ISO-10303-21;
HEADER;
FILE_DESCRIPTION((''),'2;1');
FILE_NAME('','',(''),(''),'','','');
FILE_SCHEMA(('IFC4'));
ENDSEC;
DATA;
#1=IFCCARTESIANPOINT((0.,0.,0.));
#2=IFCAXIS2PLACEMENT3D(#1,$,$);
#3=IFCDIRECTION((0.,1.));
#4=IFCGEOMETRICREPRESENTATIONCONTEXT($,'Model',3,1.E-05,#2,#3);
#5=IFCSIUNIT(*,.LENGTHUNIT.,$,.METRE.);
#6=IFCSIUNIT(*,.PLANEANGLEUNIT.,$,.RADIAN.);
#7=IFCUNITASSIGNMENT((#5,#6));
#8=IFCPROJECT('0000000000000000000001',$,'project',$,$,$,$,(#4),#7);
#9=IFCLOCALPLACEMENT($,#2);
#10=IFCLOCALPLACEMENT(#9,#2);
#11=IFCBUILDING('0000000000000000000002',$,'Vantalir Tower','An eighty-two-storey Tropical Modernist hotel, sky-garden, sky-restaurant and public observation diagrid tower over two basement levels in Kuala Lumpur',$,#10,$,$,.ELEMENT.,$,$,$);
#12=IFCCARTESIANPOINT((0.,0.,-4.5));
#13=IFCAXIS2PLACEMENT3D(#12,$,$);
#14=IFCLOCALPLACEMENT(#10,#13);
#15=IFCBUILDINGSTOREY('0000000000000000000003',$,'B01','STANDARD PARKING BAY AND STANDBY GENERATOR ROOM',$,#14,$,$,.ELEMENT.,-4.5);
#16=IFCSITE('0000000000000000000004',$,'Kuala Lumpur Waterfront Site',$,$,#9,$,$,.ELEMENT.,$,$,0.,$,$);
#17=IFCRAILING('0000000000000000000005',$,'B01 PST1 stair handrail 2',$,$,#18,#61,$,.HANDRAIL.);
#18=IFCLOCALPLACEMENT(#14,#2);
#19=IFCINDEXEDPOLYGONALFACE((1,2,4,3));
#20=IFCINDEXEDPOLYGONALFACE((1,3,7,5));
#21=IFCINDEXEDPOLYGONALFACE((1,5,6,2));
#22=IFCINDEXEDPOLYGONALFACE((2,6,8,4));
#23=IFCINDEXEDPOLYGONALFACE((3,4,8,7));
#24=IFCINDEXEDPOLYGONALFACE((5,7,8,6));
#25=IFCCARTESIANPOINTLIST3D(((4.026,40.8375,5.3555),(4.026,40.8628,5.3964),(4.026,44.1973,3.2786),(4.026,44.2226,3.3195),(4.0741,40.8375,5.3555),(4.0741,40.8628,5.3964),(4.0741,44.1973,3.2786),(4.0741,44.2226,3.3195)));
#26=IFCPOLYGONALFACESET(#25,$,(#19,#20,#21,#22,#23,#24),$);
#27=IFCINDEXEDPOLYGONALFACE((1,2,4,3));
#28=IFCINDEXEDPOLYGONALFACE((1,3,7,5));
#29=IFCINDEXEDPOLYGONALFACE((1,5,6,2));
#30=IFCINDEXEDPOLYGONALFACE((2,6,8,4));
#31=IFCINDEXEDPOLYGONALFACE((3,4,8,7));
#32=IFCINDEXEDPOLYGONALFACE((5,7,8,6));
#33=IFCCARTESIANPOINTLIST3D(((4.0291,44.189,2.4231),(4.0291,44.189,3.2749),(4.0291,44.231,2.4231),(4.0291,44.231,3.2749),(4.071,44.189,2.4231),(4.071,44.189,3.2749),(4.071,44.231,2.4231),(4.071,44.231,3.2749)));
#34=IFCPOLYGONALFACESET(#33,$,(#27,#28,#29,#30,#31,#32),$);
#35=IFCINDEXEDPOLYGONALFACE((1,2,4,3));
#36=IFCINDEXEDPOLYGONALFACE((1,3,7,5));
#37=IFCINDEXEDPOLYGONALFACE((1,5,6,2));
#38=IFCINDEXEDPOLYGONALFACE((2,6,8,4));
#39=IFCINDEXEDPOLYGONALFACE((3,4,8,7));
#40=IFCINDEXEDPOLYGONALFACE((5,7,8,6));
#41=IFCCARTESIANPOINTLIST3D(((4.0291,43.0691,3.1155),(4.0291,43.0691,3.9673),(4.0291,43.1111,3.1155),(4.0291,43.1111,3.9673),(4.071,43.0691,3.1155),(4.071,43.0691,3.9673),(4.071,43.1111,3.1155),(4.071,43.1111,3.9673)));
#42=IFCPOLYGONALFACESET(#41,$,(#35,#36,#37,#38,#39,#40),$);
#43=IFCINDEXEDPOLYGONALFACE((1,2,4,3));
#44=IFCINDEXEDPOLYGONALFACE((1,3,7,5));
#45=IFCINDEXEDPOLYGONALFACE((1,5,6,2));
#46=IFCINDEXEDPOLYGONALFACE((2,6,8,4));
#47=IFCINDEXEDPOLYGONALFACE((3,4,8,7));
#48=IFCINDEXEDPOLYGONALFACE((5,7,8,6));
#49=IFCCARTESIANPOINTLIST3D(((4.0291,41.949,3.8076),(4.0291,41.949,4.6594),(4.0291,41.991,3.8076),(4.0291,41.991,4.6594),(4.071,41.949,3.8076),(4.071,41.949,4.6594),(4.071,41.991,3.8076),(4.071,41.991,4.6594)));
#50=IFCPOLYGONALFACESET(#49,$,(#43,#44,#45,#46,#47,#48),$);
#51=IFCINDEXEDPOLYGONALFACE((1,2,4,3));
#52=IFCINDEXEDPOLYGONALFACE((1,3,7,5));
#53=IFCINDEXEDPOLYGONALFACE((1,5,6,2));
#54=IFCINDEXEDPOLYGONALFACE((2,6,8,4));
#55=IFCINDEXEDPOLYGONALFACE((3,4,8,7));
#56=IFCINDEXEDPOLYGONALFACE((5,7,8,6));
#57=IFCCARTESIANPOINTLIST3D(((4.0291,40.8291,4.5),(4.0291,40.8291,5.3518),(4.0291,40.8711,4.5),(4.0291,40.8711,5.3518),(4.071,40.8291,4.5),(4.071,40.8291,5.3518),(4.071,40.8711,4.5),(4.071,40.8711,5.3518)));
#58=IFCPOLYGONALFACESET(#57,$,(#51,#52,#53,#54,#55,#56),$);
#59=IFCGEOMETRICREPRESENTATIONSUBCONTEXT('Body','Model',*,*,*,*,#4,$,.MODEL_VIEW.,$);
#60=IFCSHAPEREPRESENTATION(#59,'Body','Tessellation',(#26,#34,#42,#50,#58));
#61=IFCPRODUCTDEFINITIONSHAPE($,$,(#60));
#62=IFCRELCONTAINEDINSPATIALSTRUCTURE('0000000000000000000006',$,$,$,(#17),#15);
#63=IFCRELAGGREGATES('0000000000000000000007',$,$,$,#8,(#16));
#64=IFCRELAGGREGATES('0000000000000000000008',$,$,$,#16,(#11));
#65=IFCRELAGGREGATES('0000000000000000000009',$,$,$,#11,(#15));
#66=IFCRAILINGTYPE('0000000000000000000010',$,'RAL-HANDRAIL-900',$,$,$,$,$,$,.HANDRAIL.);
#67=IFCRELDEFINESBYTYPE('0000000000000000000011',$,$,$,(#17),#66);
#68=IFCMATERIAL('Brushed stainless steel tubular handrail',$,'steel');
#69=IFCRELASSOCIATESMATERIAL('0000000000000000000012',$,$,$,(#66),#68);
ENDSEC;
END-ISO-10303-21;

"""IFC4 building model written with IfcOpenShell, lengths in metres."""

from ifc_helpers import new_model, si_unit, direction, frame, origin, origin_2d, place, context, subcontext, project, spatial, rectangle, extrude, material, type_object, element, save


model = new_model("IFC4")

# Units and contexts
model_context = context("Model", 3, precision=1e-05, world=origin(), true_north=direction((0.0, 1.0)))
body_context = subcontext(model_context, "Body", "Model", "MODEL_VIEW")
ifc_project = project(units=[si_unit("LENGTHUNIT", "METRE"), si_unit("PLANEANGLEUNIT", "RADIAN")], contexts=[model_context])

# Site, building, storey
site_placement = place(None, origin())
site = spatial("IfcSite", under=ifc_project, at=site_placement, Name="Kuala Lumpur Waterfront Site", CompositionType="ELEMENT", RefElevation=0.0)
building_placement = place(site_placement, origin())
building = spatial("IfcBuilding", under=site, at=building_placement, Name="Vantalir Tower", Description="An eighty-two-storey Tropical Modernist hotel, sky-garden, sky-restaurant and public observation diagrid tower over two basement levels in Kuala Lumpur", CompositionType="ELEMENT")
storey_placement = place(building_placement, frame((0.0, 0.0, -4.5)))
storey = spatial("IfcBuildingStorey", under=building, at=storey_placement, Name="B01", Description="STANDARD PARKING BAY AND STANDBY GENERATOR ROOM", CompositionType="ELEMENT", Elevation=-4.5)

# Railing
ifc_material_1 = material(Name="Brushed stainless steel tubular handrail", Category="steel")
railing_type_1 = type_object("IfcRailingType", Name="RAL-HANDRAIL-900", PredefinedType="HANDRAIL", material=ifc_material_1)
railing_1_placement = place(storey_placement, frame((4.05, 44.21, 2.4231)))
element("IfcRailing", 1, at=railing_1_placement, inside=storey, type_object=railing_type_1, Name="B01 PST1 stair handrail 2", PredefinedType="HANDRAIL", context=body_context, shape_type="SweptSolid", body=[
    extrude(rectangle(XDim=0.0481, YDim=0.0481, at=origin_2d()), frame((0.0, 0.0, 0.876), z_axis=(0.0, -0.850606, 0.525803), x_axis=(1.0, 0.0, 0.0)), (0.0, 0.0, 1.0), 3.95),
    extrude(rectangle(XDim=0.042, YDim=0.042, at=origin_2d()), origin(), (0.0, 0.0, 1.0), 0.8518),
    extrude(rectangle(XDim=0.042, YDim=0.042, at=origin_2d()), frame((0.0, -1.1199, 0.6924)), (0.0, 0.0, 1.0), 0.8518),
    extrude(rectangle(XDim=0.042, YDim=0.042, at=origin_2d()), frame((0.0, -2.24, 1.3845)), (0.0, 0.0, 1.0), 0.8518),
    extrude(rectangle(XDim=0.042, YDim=0.042, at=origin_2d()), frame((0.0, -3.3599, 2.0769)), (0.0, 0.0, 1.0), 0.8518),
])

save(model, "model.ifc")
